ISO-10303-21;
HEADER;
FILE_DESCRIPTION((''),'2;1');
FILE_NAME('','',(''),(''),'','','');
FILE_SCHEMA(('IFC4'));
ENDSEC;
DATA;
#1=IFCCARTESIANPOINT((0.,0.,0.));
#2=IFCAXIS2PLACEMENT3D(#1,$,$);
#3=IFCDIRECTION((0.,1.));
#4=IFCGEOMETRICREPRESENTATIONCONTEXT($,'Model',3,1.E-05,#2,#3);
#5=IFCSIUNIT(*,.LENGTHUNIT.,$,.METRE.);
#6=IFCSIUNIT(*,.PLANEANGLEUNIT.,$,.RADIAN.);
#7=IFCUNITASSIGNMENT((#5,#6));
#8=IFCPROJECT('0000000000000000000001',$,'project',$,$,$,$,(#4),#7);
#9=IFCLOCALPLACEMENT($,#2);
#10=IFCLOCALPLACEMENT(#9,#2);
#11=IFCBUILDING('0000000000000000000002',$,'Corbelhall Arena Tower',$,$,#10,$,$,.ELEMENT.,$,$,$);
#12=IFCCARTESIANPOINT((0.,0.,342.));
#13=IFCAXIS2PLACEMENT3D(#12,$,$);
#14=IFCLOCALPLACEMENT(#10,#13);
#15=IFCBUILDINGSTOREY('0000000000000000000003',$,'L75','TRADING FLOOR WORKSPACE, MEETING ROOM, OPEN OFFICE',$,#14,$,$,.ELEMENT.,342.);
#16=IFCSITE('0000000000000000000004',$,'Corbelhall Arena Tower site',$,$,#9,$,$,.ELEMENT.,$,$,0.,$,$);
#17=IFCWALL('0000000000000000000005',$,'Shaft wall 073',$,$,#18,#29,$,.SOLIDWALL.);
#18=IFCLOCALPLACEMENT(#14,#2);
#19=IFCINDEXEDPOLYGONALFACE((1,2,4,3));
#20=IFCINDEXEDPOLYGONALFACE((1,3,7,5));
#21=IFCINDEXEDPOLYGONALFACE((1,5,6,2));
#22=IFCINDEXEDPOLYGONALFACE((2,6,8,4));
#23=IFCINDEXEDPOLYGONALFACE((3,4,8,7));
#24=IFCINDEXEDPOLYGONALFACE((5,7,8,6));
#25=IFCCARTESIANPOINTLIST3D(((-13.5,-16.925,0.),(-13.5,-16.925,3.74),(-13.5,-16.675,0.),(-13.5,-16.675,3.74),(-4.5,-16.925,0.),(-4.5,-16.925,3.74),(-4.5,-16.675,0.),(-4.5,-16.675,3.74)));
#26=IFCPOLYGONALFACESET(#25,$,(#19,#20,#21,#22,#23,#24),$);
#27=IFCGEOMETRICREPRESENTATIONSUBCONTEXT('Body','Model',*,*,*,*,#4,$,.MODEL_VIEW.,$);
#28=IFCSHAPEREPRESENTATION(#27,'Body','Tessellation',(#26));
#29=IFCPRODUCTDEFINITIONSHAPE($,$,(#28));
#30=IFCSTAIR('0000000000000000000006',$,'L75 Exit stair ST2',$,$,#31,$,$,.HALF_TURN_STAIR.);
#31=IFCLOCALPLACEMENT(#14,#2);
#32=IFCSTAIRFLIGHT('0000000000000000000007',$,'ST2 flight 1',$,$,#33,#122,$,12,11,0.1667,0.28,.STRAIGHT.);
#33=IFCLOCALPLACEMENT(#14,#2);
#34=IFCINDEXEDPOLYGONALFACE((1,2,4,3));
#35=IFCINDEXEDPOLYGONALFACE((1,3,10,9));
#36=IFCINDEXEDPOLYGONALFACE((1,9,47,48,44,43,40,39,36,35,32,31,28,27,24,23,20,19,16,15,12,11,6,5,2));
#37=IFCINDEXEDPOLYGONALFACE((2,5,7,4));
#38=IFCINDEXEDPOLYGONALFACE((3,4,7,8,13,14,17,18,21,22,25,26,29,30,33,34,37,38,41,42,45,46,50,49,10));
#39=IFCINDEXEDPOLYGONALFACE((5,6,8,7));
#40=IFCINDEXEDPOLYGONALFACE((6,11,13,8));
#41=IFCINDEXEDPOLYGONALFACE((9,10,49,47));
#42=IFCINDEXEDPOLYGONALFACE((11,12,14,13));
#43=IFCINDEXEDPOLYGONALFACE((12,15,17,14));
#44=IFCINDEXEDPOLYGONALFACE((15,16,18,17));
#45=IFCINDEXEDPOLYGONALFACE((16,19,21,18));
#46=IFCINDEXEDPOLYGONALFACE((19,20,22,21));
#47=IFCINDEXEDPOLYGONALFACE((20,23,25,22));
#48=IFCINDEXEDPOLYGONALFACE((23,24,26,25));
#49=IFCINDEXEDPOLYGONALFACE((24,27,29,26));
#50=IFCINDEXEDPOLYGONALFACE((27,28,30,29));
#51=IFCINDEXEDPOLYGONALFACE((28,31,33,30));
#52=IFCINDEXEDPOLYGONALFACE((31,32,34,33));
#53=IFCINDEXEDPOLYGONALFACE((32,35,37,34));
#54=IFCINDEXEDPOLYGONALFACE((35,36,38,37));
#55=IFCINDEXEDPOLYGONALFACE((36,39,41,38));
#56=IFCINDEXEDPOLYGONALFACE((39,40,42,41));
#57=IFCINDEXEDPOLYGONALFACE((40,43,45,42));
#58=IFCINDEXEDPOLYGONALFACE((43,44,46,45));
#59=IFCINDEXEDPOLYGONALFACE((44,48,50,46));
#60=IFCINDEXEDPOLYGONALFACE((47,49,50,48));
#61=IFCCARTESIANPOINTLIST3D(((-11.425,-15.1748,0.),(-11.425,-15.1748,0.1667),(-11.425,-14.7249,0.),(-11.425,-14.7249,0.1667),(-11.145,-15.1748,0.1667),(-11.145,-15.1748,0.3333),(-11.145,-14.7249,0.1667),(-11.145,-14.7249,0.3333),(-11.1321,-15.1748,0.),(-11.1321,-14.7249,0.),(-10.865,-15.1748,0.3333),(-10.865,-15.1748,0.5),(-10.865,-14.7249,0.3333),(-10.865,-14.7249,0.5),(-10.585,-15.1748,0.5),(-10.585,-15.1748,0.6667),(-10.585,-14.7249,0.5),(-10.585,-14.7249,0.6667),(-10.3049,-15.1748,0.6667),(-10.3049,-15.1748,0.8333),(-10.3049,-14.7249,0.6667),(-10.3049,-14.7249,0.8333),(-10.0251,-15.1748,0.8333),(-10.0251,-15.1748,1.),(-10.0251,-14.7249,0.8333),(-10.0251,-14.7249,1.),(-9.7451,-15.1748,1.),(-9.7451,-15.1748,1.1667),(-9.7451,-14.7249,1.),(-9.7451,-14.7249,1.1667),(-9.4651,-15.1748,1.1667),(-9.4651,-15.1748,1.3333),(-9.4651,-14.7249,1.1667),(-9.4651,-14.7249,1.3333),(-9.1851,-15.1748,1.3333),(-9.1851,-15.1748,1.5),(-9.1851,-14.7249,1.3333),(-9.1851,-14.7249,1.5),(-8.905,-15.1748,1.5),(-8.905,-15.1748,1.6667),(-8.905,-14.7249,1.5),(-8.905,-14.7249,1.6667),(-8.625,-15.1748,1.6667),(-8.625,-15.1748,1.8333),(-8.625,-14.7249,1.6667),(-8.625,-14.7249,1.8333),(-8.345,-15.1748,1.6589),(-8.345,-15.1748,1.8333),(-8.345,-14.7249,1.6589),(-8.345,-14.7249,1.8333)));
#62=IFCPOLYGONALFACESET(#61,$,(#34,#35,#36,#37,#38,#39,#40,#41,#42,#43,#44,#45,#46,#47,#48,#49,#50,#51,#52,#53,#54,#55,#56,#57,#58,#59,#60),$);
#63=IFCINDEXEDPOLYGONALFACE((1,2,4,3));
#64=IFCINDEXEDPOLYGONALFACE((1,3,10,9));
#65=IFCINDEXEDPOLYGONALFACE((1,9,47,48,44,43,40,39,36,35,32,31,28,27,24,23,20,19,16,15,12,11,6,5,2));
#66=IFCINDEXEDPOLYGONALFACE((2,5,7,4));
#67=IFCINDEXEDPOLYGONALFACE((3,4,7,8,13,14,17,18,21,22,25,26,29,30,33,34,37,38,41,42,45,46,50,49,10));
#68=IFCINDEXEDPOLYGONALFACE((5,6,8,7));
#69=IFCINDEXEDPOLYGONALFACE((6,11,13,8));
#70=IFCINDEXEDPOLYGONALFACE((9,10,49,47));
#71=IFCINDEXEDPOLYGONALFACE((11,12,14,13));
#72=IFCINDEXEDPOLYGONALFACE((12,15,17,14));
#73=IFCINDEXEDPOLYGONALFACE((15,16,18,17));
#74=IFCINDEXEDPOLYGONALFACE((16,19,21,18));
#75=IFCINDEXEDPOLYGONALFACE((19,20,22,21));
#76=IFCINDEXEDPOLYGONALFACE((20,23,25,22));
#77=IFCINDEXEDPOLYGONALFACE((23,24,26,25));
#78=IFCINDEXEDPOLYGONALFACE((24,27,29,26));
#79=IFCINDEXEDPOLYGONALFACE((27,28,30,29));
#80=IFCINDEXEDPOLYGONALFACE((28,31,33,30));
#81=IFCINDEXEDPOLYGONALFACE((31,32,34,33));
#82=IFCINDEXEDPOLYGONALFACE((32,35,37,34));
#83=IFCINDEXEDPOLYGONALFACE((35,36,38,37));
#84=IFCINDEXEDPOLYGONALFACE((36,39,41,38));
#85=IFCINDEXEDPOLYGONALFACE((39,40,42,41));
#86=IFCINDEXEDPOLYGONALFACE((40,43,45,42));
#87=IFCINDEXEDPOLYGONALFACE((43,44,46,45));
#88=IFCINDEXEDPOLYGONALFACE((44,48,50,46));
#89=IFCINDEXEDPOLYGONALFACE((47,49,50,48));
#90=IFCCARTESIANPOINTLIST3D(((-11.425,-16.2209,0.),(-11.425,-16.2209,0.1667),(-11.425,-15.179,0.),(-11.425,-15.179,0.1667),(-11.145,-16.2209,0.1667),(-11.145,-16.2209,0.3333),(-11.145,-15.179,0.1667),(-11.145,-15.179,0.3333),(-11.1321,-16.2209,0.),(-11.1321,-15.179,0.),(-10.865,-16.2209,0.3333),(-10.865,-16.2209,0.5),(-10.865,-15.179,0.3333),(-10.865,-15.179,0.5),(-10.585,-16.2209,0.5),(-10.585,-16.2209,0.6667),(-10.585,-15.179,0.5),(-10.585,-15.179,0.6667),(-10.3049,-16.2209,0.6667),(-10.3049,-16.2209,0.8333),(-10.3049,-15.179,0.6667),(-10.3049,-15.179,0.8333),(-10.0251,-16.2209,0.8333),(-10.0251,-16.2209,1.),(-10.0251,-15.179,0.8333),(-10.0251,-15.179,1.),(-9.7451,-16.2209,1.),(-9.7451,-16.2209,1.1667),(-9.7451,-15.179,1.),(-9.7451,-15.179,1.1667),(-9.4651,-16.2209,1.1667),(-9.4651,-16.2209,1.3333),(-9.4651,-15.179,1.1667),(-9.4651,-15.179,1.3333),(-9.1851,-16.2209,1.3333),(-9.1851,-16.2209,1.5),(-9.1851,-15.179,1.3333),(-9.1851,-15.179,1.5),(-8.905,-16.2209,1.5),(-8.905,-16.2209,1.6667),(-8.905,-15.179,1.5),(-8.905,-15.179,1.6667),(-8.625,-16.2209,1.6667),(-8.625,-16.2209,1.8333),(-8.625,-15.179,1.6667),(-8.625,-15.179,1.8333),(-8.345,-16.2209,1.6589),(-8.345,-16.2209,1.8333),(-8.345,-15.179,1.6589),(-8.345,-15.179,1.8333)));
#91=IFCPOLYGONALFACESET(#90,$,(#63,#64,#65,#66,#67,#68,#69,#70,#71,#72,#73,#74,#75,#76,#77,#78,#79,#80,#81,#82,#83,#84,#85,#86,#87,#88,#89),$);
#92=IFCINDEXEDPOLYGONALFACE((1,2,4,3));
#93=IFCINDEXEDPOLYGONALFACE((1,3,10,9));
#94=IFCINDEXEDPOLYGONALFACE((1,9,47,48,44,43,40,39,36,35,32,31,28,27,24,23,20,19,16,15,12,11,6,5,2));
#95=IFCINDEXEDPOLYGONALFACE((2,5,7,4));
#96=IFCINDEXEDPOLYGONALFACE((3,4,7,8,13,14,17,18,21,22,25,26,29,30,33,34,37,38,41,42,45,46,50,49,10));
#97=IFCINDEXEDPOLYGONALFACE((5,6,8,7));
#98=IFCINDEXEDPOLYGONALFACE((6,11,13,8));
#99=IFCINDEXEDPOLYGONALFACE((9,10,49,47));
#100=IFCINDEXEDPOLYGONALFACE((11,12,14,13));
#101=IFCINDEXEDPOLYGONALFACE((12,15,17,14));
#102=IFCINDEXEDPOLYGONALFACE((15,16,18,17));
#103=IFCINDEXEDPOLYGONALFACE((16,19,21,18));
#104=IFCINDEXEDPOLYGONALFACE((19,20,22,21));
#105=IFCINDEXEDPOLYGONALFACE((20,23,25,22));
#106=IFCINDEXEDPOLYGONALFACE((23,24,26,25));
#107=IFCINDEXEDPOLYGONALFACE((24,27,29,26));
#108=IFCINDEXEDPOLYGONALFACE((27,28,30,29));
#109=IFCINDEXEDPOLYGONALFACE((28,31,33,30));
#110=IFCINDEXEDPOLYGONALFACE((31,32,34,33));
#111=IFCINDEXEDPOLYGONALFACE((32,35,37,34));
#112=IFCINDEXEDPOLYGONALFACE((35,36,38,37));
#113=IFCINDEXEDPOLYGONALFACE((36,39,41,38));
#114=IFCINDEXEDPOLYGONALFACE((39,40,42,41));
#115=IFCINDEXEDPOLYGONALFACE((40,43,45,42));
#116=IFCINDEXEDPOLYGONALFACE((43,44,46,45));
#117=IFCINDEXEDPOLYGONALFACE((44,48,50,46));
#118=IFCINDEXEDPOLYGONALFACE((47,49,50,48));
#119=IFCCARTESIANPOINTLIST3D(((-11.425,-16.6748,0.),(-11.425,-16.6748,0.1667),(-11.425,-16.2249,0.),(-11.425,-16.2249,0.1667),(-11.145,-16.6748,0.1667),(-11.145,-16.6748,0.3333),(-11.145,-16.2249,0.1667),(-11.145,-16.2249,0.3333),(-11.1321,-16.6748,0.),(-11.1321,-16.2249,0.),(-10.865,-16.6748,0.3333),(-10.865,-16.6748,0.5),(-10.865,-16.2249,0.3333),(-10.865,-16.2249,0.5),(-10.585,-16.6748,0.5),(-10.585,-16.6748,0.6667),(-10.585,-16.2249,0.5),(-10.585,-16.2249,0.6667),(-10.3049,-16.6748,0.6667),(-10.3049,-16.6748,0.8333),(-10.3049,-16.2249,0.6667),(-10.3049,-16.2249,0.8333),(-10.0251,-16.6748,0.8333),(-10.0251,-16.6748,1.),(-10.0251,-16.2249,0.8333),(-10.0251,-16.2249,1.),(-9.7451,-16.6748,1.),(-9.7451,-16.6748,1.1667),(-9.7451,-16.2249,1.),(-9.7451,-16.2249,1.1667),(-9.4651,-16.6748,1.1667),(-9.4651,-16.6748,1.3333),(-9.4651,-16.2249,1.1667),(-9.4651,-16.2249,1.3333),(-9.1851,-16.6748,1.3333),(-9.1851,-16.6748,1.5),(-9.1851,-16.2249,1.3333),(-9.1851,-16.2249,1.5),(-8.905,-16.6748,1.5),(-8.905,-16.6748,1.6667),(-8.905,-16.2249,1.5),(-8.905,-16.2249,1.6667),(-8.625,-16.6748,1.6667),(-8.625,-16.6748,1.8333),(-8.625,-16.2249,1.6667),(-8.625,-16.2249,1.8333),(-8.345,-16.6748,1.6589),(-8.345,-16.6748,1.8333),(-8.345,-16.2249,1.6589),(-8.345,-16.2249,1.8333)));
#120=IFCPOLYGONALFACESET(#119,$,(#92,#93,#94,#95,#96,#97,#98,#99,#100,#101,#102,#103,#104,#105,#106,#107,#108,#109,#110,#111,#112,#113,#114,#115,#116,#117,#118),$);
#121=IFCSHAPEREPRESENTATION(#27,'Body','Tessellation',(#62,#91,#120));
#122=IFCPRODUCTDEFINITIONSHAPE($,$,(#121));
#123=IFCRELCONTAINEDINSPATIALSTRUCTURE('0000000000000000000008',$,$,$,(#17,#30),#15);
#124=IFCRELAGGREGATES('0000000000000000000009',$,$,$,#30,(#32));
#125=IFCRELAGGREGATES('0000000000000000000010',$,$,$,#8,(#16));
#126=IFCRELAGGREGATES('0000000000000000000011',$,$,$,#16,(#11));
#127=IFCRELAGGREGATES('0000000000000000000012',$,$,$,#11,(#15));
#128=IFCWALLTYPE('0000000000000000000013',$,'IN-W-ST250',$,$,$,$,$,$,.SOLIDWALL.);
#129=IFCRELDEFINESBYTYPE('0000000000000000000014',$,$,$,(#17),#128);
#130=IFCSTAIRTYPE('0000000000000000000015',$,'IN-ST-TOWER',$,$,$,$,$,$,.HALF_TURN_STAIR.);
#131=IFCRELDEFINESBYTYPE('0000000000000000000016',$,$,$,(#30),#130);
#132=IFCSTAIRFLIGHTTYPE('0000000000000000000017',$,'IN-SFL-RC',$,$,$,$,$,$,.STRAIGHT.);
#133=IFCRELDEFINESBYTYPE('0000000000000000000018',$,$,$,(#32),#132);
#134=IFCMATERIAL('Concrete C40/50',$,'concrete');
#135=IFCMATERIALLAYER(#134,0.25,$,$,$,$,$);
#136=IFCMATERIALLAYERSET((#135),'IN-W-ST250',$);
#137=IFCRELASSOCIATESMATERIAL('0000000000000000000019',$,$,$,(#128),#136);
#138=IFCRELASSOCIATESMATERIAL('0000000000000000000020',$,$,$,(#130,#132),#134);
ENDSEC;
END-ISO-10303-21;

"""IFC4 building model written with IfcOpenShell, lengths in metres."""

from ifc_helpers import new_model, si_unit, direction, frame, frame_2d, origin, place, context, subcontext, project, spatial, polyline, rectangle, outline, extrude, material, layer, layer_set, type_object, element, aggregate, save


model = new_model("IFC4")

# Units and contexts
model_context = context("Model", 3, precision=1e-05, world=origin(), true_north=direction((0.0, 1.0)))
body_context = subcontext(model_context, "Body", "Model", "MODEL_VIEW")
ifc_project = project(units=[si_unit("LENGTHUNIT", "METRE"), si_unit("PLANEANGLEUNIT", "RADIAN")], contexts=[model_context])

# Site, building, storey
site_placement = place(None, origin())
site = spatial("IfcSite", under=ifc_project, at=site_placement, Name="Corbelhall Arena Tower site", CompositionType="ELEMENT", RefElevation=0.0)
building_placement = place(site_placement, origin())
building = spatial("IfcBuilding", under=site, at=building_placement, Name="Corbelhall Arena Tower", CompositionType="ELEMENT")
storey_placement = place(building_placement, frame((0.0, 0.0, 342.0)))
storey = spatial("IfcBuildingStorey", under=building, at=storey_placement, Name="L75", Description="TRADING FLOOR WORKSPACE, MEETING ROOM, OPEN OFFICE", CompositionType="ELEMENT", Elevation=342.0)

# Wall
ifc_material_1 = material(Name="Concrete C40/50", Category="concrete")
ifc_layer_1 = layer(ifc_material_1, 0.25)
ifc_layer_set_1 = layer_set([ifc_layer_1], Name="IN-W-ST250")
wall_type_1 = type_object("IfcWallType", Name="IN-W-ST250", PredefinedType="SOLIDWALL", material=ifc_layer_set_1)
wall_1_placement = place(storey_placement, frame((-4.5, -16.8, 0.0), z_axis=(0.0, 0.0, 1.0), x_axis=(-1.0, 0.0, 0.0)))
element("IfcWall", 1, at=wall_1_placement, inside=storey, type_object=wall_type_1, Name="Shaft wall 073", PredefinedType="SOLIDWALL", context=body_context, shape_type="SweptSolid", body=[
    extrude(rectangle(XDim=9.0, YDim=0.25, at=frame_2d((4.5, 0.0))), origin(), (0.0, 0.0, 1.0), 3.74),
])

# Stair, stair flight
stair_type = type_object("IfcStairType", Name="IN-ST-TOWER", PredefinedType="HALF_TURN_STAIR", material=ifc_material_1)
stair_placement = place(storey_placement, origin())
stair = element("IfcStair", 2, at=stair_placement, inside=storey, type_object=stair_type, Name="L75 Exit stair ST2", PredefinedType="HALF_TURN_STAIR")
stair_flight_type = type_object("IfcStairFlightType", Name="IN-SFL-RC", PredefinedType="STRAIGHT", material=ifc_material_1)
stair_flight_1_placement = place(storey_placement, frame((-11.425, -15.7, 0.0), z_axis=(0.0, 0.0, 1.0), x_axis=(1.0, 0.0, 0.0)))
stair_flight_1 = element("IfcStairFlight", 3, at=stair_flight_1_placement, type_object=stair_flight_type, Name="ST2 flight 1", NumberOfRisers=12, NumberOfTreads=11, PredefinedType="STRAIGHT", RiserHeight=0.1667, TreadLength=0.28, context=body_context, shape_type="SweptSolid", body=[
    extrude(outline(polyline([(0.0, 0.0), (0.0, 0.1667), (0.28, 0.1667), (0.28, 0.3333), (0.5601, 0.3333), (0.5601, 0.5), (0.8401, 0.5), (0.8401, 0.6667), (1.1201, 0.6667), (1.1201, 0.8333), (1.3999, 0.8333), (1.3999, 1.0), (1.6799, 1.0), (1.6799, 1.1667), (1.96, 1.1667), (1.96, 1.3333), (2.24, 1.3333), (2.24, 1.5), (2.52, 1.5), (2.52, 1.6667), (2.8, 1.6667), (2.8, 1.8333), (3.0801, 1.8333), (3.0801, 2.0), (3.0801, 1.6589), (0.293, 0.0), (0.0, 0.0)])), frame((0.0, 0.9751, 0.0), z_axis=(0.0, -1.0, 0.0), x_axis=(1.0, 0.0, 0.0)), (0.0, 0.0, 1.0), 0.45),
    extrude(outline(polyline([(0.0, 0.0), (0.0, 0.1667), (0.28, 0.1667), (0.28, 0.3333), (0.5601, 0.3333), (0.5601, 0.5), (0.8401, 0.5), (0.8401, 0.6667), (1.1201, 0.6667), (1.1201, 0.8333), (1.3999, 0.8333), (1.3999, 1.0), (1.6799, 1.0), (1.6799, 1.1667), (1.96, 1.1667), (1.96, 1.3333), (2.24, 1.3333), (2.24, 1.5), (2.52, 1.5), (2.52, 1.6667), (2.8, 1.6667), (2.8, 1.8333), (3.0801, 1.8333), (3.0801, 2.0), (3.0801, 1.6589), (0.293, 0.0), (0.0, 0.0)])), frame((0.0, 0.521, 0.0), z_axis=(0.0, -1.0, 0.0), x_axis=(1.0, 0.0, 0.0)), (0.0, 0.0, 1.0), 1.042),
    extrude(outline(polyline([(0.0, 0.0), (0.0, 0.1667), (0.28, 0.1667), (0.28, 0.3333), (0.5601, 0.3333), (0.5601, 0.5), (0.8401, 0.5), (0.8401, 0.6667), (1.1201, 0.6667), (1.1201, 0.8333), (1.3999, 0.8333), (1.3999, 1.0), (1.6799, 1.0), (1.6799, 1.1667), (1.96, 1.1667), (1.96, 1.3333), (2.24, 1.3333), (2.24, 1.5), (2.52, 1.5), (2.52, 1.6667), (2.8, 1.6667), (2.8, 1.8333), (3.0801, 1.8333), (3.0801, 2.0), (3.0801, 1.6589), (0.293, 0.0), (0.0, 0.0)])), frame((0.0, -0.5249, 0.0), z_axis=(0.0, -1.0, 0.0), x_axis=(1.0, 0.0, 0.0)), (0.0, 0.0, 1.0), 0.45),
])
aggregate(stair, [stair_flight_1])

save(model, "model.ifc")
